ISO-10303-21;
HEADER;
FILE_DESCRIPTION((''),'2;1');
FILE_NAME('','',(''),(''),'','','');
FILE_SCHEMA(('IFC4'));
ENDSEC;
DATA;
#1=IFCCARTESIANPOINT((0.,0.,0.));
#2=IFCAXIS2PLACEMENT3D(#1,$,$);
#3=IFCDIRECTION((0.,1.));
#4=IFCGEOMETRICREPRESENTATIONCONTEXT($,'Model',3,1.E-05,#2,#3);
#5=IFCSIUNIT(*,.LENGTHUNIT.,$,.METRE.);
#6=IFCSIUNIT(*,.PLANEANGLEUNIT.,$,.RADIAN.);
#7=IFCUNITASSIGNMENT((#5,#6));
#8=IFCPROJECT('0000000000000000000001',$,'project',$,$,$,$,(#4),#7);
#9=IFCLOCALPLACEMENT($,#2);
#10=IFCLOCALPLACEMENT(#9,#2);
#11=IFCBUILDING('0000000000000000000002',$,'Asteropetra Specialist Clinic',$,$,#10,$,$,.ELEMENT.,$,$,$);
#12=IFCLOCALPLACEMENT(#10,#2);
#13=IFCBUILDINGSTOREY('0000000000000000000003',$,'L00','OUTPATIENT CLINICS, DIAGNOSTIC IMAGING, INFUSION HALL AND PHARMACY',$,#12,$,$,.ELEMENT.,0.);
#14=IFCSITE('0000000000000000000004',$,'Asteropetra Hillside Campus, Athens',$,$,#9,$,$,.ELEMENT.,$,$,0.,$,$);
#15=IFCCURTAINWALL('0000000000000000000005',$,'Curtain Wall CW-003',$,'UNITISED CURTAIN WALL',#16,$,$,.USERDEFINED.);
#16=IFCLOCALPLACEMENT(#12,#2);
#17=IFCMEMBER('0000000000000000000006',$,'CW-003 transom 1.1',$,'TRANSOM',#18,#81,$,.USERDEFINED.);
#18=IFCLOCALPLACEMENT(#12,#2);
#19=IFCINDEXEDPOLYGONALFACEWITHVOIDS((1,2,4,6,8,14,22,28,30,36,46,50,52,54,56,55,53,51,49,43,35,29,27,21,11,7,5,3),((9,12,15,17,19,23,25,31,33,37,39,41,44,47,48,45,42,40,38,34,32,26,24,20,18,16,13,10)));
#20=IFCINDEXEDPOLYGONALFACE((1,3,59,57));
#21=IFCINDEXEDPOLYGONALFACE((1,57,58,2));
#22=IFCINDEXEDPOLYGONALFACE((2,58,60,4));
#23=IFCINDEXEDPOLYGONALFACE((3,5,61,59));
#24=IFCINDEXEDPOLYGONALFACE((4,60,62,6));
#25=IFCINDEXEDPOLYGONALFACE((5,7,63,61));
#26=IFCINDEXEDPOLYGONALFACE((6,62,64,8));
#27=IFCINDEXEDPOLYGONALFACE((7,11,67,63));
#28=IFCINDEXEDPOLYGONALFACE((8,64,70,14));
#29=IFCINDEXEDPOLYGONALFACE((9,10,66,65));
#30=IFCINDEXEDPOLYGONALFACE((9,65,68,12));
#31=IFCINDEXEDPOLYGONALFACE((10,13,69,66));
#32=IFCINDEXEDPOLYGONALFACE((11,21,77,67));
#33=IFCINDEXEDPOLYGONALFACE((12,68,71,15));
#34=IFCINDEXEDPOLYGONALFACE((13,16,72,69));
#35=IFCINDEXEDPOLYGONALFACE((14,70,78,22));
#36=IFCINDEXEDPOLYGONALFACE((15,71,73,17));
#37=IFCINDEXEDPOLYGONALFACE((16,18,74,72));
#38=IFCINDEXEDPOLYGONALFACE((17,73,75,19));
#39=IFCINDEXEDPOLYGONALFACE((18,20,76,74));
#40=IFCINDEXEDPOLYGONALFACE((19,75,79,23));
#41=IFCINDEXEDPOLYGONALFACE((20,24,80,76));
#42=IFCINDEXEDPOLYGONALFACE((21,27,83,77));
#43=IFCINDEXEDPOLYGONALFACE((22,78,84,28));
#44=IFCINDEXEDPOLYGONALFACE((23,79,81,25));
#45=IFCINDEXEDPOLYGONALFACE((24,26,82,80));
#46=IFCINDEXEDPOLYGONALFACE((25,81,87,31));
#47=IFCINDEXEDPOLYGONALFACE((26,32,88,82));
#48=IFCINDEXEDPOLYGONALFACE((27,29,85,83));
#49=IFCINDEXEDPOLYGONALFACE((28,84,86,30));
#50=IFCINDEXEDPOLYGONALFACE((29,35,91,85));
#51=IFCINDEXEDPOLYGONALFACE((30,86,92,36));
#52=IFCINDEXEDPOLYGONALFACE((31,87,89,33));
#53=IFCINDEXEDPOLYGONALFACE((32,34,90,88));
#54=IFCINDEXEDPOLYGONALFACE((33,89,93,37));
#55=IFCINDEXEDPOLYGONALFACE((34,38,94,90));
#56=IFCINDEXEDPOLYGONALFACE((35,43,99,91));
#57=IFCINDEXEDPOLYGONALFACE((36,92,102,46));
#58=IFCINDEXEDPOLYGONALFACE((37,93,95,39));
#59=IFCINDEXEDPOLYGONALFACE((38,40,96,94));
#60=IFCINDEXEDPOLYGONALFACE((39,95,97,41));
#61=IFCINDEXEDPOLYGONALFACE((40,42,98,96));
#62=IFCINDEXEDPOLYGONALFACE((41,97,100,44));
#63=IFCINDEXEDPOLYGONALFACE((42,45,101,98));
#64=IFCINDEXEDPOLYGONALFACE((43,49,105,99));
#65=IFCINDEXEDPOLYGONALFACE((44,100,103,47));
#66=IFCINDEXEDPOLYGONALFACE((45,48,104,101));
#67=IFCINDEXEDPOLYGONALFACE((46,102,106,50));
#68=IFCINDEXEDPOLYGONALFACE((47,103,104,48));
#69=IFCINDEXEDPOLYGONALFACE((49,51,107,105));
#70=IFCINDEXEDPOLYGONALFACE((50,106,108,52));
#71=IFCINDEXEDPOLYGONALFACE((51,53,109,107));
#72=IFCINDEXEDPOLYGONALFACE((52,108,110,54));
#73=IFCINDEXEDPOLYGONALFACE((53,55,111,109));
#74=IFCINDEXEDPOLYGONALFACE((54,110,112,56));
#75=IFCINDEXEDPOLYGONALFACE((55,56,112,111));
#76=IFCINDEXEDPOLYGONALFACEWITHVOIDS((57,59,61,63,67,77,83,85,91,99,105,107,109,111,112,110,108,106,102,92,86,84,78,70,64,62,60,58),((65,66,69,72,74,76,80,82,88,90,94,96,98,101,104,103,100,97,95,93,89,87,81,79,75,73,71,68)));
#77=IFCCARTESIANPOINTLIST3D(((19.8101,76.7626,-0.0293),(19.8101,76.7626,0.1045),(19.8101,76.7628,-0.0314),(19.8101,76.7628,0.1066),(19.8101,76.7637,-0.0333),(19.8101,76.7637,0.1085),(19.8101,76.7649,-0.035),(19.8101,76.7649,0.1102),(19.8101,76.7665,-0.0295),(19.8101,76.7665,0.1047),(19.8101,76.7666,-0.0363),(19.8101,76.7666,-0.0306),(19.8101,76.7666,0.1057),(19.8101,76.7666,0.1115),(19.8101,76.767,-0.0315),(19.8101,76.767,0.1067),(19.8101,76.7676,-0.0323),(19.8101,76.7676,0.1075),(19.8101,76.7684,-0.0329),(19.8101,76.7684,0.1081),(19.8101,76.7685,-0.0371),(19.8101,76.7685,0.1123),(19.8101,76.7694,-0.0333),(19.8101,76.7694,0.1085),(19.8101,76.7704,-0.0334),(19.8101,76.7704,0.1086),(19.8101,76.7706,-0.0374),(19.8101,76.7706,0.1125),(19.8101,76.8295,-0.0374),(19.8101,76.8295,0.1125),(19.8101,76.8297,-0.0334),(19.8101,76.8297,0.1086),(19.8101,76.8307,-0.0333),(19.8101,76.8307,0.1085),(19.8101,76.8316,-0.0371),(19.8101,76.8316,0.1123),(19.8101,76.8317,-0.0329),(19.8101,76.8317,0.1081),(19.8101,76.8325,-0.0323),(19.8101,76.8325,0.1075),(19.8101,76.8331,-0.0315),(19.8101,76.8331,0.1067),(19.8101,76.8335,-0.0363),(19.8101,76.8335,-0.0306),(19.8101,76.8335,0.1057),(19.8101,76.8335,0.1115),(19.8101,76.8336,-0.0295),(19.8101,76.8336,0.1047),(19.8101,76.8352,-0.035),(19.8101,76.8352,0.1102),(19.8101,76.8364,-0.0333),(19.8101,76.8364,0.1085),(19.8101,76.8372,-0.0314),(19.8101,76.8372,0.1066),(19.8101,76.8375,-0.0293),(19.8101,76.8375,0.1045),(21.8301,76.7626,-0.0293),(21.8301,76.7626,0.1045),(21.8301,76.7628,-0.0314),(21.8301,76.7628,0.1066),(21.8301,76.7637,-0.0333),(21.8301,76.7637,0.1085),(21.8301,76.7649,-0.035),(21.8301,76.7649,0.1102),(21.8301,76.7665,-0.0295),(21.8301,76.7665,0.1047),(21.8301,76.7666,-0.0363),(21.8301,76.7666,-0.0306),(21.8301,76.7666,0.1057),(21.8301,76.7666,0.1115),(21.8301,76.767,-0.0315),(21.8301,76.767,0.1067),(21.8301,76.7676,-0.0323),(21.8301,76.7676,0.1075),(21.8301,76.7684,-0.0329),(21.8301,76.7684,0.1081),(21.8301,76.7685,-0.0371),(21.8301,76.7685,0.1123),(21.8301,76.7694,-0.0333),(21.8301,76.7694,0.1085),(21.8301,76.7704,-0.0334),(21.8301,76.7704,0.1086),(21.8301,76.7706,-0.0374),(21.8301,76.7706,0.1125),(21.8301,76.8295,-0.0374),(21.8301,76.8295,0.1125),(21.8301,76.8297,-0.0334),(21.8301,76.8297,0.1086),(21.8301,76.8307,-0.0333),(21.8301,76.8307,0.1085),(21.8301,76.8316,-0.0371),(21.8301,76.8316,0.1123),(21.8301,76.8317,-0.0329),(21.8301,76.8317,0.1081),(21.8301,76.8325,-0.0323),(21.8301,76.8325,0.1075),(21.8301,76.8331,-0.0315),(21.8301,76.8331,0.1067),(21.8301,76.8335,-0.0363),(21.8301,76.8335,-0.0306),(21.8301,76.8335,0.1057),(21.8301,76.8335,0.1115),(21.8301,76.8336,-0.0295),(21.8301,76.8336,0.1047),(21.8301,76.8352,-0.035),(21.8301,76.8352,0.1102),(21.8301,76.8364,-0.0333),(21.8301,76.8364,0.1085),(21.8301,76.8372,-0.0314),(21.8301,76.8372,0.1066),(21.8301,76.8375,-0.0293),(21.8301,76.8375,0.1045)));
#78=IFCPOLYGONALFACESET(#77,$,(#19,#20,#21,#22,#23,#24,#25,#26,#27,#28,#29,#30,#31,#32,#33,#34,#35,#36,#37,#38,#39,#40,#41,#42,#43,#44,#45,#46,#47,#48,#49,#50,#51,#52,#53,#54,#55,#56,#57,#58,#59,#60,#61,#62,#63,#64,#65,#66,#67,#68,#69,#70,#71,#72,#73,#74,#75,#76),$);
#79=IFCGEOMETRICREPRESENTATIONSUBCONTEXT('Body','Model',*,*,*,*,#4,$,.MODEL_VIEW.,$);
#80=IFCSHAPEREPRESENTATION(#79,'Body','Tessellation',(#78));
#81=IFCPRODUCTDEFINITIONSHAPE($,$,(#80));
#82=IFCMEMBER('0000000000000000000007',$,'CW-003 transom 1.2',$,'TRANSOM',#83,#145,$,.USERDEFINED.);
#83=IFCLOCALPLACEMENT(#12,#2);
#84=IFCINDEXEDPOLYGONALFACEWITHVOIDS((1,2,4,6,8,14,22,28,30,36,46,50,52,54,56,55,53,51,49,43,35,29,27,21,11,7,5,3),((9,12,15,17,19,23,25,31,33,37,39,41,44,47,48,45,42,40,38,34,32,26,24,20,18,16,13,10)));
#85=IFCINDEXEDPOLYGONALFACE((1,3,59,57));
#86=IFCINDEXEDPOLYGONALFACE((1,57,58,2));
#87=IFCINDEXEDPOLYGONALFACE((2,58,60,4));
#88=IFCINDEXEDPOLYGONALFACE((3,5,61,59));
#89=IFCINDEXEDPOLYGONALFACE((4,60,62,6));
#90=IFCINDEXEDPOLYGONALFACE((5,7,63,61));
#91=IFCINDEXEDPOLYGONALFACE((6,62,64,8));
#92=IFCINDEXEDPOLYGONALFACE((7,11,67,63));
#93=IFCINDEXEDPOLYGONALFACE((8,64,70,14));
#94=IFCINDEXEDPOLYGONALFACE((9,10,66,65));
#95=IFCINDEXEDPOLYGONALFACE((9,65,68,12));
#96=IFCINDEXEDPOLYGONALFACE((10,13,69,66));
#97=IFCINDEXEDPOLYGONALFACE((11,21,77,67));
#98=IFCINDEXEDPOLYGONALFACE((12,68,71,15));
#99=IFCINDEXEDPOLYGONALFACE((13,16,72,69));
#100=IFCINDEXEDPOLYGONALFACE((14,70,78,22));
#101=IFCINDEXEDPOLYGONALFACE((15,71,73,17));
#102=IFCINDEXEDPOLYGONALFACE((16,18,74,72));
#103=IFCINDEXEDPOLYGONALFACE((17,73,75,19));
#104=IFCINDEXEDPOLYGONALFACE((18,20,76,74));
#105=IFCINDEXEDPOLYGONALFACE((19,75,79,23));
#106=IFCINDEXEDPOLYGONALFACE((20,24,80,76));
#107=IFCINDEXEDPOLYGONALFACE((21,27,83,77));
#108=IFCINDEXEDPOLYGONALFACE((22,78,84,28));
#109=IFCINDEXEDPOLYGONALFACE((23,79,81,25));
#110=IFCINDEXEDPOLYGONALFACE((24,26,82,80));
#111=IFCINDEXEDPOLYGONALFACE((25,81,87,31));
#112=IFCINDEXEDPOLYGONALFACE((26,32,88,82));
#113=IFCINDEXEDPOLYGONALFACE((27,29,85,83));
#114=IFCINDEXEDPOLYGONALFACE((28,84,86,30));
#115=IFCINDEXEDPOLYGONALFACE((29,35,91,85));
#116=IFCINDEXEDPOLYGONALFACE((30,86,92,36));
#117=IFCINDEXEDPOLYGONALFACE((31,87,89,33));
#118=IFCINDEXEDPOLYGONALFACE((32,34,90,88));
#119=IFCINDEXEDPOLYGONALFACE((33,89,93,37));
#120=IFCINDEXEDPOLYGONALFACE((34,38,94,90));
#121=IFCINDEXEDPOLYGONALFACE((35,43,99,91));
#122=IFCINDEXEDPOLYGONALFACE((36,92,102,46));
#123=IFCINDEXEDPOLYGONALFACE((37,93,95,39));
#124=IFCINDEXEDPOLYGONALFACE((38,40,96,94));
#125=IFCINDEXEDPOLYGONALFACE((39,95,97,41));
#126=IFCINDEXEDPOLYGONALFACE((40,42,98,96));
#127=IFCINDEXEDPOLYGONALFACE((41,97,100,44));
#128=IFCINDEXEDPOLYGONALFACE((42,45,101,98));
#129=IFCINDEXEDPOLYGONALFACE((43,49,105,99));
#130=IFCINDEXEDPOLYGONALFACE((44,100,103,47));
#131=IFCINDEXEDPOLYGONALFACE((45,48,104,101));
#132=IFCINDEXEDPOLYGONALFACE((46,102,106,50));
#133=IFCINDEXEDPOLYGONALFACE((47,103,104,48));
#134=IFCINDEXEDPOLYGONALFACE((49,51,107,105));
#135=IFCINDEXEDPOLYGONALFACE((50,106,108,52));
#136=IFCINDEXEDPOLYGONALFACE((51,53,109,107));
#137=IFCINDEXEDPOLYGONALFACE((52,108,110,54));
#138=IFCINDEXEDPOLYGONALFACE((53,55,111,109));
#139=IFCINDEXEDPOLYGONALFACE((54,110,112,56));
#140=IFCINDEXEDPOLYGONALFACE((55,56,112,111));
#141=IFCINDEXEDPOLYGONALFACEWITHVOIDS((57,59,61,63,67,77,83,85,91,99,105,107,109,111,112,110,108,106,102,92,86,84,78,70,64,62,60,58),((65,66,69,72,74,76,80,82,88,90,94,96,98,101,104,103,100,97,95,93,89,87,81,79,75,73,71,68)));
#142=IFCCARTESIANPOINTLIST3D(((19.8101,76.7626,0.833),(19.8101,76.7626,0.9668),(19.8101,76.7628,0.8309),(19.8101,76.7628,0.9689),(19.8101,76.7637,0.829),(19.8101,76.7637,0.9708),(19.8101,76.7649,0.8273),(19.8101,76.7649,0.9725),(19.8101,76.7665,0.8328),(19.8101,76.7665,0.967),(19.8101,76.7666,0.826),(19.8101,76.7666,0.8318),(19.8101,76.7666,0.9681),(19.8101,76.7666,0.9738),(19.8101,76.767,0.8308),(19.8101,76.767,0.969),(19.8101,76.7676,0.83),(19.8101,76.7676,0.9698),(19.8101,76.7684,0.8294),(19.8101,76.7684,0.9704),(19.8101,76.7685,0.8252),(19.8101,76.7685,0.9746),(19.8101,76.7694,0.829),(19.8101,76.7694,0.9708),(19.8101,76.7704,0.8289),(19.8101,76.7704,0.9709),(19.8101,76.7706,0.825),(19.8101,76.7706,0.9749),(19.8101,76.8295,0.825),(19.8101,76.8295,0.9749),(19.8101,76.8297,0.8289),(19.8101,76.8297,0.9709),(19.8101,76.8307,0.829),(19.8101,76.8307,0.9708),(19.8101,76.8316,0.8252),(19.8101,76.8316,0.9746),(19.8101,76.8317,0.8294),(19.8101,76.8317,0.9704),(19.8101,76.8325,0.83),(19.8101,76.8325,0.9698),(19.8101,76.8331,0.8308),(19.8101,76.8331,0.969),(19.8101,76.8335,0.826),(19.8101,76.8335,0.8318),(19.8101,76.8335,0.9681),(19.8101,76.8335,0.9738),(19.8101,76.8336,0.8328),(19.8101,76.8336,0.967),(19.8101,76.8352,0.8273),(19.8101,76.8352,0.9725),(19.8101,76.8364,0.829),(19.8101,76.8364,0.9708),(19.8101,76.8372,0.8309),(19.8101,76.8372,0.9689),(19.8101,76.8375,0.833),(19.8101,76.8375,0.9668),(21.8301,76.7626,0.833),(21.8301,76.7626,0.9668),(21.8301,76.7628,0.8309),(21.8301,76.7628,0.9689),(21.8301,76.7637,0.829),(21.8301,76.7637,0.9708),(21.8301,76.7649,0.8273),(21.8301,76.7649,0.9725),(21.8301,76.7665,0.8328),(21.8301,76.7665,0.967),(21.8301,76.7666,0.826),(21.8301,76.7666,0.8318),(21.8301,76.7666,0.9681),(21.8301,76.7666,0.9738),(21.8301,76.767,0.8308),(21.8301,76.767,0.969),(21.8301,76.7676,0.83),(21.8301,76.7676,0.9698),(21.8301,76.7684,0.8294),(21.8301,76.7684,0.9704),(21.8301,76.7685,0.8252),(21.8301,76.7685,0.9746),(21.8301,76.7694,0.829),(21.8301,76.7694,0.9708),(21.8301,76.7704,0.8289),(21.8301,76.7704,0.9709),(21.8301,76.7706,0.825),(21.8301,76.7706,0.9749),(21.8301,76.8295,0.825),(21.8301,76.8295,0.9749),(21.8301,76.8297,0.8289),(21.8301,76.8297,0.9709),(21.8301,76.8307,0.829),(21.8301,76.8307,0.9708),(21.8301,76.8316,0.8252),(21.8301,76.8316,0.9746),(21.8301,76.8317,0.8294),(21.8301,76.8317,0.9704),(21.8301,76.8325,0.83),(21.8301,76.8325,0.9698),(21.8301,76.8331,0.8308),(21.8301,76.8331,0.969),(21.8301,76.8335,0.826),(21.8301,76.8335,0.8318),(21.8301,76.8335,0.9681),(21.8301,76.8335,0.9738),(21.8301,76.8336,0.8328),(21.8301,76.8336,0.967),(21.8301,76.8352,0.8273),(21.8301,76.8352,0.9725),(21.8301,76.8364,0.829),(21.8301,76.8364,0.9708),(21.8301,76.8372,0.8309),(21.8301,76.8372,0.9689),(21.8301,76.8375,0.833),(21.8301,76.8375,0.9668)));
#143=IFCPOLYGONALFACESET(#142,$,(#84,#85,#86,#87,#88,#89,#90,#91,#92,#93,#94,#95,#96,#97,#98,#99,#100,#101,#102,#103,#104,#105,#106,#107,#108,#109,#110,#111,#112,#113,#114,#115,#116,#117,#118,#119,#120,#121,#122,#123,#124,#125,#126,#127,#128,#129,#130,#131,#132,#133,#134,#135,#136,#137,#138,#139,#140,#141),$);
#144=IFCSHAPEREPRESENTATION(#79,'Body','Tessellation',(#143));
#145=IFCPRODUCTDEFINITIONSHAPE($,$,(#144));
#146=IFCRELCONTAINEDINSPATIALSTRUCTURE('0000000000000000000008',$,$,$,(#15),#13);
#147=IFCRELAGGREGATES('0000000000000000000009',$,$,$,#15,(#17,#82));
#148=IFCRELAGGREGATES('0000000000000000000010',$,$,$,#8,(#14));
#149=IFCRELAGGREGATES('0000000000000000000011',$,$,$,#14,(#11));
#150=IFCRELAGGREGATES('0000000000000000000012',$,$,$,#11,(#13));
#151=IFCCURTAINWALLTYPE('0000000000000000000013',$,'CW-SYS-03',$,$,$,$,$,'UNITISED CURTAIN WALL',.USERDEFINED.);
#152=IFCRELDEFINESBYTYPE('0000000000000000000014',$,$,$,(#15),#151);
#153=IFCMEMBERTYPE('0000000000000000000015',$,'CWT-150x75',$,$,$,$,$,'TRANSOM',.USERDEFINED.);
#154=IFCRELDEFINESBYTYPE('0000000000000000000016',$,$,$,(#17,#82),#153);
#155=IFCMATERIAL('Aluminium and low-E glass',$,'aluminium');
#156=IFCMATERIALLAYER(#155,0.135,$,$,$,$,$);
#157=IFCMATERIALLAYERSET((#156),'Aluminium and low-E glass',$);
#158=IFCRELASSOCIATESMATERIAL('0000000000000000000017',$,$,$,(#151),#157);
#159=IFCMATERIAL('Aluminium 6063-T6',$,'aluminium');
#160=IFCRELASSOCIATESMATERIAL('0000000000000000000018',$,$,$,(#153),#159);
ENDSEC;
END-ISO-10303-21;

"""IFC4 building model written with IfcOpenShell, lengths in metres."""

from ifc_helpers import new_model, si_unit, direction, frame, origin, origin_2d, place, context, subcontext, project, spatial, hollow_rectangle, extrude, material, layer, layer_set, material_profile, profile_set, type_object, element, aggregate, save


model = new_model("IFC4")

# Units and contexts
model_context = context("Model", 3, precision=1e-05, world=origin(), true_north=direction((0.0, 1.0)))
body_context = subcontext(model_context, "Body", "Model", "MODEL_VIEW")
ifc_project = project(units=[si_unit("LENGTHUNIT", "METRE"), si_unit("PLANEANGLEUNIT", "RADIAN")], contexts=[model_context])

# Site, building, storey
site_placement = place(None, origin())
site = spatial("IfcSite", under=ifc_project, at=site_placement, Name="Asteropetra Hillside Campus, Athens", CompositionType="ELEMENT", RefElevation=0.0)
building_placement = place(site_placement, origin())
building = spatial("IfcBuilding", under=site, at=building_placement, Name="Asteropetra Specialist Clinic", CompositionType="ELEMENT")
storey_placement = place(building_placement, origin())
storey = spatial("IfcBuildingStorey", under=building, at=storey_placement, Name="L00", Description="OUTPATIENT CLINICS, DIAGNOSTIC IMAGING, INFUSION HALL AND PHARMACY", CompositionType="ELEMENT", Elevation=0.0)

# Curtain wall, members
ifc_material_1 = material(Name="Aluminium and low-E glass", Category="aluminium")
ifc_layer_1 = layer(ifc_material_1, 0.135)
ifc_layer_set_1 = layer_set([ifc_layer_1], Name="Aluminium and low-E glass")
curtain_wall_type = type_object("IfcCurtainWallType", Name="CW-SYS-03", ElementType="UNITISED CURTAIN WALL", PredefinedType="USERDEFINED", material=ifc_layer_set_1)
curtain_wall_placement = place(storey_placement, origin())
curtain_wall = element("IfcCurtainWall", 1, at=curtain_wall_placement, inside=storey, type_object=curtain_wall_type, Name="Curtain Wall CW-003", ObjectType="UNITISED CURTAIN WALL", PredefinedType="USERDEFINED")
ifc_material_2 = material(Name="Aluminium 6063-T6", Category="aluminium")
ifc_material_profile_1 = material_profile(ifc_material_2, hollow_rectangle(XDim=0.075, YDim=0.1499, WallThickness=0.0039, InnerFilletRadius=0.0039, OuterFilletRadius=0.0081, at=origin_2d()), Name="TRN 150x75x4.0")
ifc_profile_set_1 = profile_set([ifc_material_profile_1], Name="Aluminium 6063-T6")
member_type_1 = type_object("IfcMemberType", Name="CWT-150x75", ElementType="TRANSOM", PredefinedType="USERDEFINED", material=ifc_profile_set_1)
member_1_placement = place(storey_placement, frame((19.8101, 76.8, 0.0376), z_axis=(1.0, 0.0, 0.0), x_axis=(0.0, 1.0, 0.0)))
member_1 = element("IfcMember", 2, at=member_1_placement, type_object=member_type_1, Name="CW-003 transom 1.1", ObjectType="TRANSOM", PredefinedType="USERDEFINED", context=body_context, shape_type="SweptSolid", body=[
    extrude(hollow_rectangle(XDim=0.075, YDim=0.1499, WallThickness=0.0039, InnerFilletRadius=0.0039, OuterFilletRadius=0.0081, at=origin_2d()), origin(), (0.0, 0.0, 1.0), 2.02),
])
member_2_placement = place(storey_placement, frame((19.8101, 76.8, 0.8999), z_axis=(1.0, 0.0, 0.0), x_axis=(0.0, 1.0, 0.0)))
member_2 = element("IfcMember", 3, at=member_2_placement, type_object=member_type_1, Name="CW-003 transom 1.2", ObjectType="TRANSOM", PredefinedType="USERDEFINED", context=body_context, shape_type="SweptSolid", body=[
    extrude(hollow_rectangle(XDim=0.075, YDim=0.1499, WallThickness=0.0039, InnerFilletRadius=0.0039, OuterFilletRadius=0.0081, at=origin_2d()), origin(), (0.0, 0.0, 1.0), 2.02),
])
aggregate(curtain_wall, [member_1, member_2])

save(model, "model.ifc")
